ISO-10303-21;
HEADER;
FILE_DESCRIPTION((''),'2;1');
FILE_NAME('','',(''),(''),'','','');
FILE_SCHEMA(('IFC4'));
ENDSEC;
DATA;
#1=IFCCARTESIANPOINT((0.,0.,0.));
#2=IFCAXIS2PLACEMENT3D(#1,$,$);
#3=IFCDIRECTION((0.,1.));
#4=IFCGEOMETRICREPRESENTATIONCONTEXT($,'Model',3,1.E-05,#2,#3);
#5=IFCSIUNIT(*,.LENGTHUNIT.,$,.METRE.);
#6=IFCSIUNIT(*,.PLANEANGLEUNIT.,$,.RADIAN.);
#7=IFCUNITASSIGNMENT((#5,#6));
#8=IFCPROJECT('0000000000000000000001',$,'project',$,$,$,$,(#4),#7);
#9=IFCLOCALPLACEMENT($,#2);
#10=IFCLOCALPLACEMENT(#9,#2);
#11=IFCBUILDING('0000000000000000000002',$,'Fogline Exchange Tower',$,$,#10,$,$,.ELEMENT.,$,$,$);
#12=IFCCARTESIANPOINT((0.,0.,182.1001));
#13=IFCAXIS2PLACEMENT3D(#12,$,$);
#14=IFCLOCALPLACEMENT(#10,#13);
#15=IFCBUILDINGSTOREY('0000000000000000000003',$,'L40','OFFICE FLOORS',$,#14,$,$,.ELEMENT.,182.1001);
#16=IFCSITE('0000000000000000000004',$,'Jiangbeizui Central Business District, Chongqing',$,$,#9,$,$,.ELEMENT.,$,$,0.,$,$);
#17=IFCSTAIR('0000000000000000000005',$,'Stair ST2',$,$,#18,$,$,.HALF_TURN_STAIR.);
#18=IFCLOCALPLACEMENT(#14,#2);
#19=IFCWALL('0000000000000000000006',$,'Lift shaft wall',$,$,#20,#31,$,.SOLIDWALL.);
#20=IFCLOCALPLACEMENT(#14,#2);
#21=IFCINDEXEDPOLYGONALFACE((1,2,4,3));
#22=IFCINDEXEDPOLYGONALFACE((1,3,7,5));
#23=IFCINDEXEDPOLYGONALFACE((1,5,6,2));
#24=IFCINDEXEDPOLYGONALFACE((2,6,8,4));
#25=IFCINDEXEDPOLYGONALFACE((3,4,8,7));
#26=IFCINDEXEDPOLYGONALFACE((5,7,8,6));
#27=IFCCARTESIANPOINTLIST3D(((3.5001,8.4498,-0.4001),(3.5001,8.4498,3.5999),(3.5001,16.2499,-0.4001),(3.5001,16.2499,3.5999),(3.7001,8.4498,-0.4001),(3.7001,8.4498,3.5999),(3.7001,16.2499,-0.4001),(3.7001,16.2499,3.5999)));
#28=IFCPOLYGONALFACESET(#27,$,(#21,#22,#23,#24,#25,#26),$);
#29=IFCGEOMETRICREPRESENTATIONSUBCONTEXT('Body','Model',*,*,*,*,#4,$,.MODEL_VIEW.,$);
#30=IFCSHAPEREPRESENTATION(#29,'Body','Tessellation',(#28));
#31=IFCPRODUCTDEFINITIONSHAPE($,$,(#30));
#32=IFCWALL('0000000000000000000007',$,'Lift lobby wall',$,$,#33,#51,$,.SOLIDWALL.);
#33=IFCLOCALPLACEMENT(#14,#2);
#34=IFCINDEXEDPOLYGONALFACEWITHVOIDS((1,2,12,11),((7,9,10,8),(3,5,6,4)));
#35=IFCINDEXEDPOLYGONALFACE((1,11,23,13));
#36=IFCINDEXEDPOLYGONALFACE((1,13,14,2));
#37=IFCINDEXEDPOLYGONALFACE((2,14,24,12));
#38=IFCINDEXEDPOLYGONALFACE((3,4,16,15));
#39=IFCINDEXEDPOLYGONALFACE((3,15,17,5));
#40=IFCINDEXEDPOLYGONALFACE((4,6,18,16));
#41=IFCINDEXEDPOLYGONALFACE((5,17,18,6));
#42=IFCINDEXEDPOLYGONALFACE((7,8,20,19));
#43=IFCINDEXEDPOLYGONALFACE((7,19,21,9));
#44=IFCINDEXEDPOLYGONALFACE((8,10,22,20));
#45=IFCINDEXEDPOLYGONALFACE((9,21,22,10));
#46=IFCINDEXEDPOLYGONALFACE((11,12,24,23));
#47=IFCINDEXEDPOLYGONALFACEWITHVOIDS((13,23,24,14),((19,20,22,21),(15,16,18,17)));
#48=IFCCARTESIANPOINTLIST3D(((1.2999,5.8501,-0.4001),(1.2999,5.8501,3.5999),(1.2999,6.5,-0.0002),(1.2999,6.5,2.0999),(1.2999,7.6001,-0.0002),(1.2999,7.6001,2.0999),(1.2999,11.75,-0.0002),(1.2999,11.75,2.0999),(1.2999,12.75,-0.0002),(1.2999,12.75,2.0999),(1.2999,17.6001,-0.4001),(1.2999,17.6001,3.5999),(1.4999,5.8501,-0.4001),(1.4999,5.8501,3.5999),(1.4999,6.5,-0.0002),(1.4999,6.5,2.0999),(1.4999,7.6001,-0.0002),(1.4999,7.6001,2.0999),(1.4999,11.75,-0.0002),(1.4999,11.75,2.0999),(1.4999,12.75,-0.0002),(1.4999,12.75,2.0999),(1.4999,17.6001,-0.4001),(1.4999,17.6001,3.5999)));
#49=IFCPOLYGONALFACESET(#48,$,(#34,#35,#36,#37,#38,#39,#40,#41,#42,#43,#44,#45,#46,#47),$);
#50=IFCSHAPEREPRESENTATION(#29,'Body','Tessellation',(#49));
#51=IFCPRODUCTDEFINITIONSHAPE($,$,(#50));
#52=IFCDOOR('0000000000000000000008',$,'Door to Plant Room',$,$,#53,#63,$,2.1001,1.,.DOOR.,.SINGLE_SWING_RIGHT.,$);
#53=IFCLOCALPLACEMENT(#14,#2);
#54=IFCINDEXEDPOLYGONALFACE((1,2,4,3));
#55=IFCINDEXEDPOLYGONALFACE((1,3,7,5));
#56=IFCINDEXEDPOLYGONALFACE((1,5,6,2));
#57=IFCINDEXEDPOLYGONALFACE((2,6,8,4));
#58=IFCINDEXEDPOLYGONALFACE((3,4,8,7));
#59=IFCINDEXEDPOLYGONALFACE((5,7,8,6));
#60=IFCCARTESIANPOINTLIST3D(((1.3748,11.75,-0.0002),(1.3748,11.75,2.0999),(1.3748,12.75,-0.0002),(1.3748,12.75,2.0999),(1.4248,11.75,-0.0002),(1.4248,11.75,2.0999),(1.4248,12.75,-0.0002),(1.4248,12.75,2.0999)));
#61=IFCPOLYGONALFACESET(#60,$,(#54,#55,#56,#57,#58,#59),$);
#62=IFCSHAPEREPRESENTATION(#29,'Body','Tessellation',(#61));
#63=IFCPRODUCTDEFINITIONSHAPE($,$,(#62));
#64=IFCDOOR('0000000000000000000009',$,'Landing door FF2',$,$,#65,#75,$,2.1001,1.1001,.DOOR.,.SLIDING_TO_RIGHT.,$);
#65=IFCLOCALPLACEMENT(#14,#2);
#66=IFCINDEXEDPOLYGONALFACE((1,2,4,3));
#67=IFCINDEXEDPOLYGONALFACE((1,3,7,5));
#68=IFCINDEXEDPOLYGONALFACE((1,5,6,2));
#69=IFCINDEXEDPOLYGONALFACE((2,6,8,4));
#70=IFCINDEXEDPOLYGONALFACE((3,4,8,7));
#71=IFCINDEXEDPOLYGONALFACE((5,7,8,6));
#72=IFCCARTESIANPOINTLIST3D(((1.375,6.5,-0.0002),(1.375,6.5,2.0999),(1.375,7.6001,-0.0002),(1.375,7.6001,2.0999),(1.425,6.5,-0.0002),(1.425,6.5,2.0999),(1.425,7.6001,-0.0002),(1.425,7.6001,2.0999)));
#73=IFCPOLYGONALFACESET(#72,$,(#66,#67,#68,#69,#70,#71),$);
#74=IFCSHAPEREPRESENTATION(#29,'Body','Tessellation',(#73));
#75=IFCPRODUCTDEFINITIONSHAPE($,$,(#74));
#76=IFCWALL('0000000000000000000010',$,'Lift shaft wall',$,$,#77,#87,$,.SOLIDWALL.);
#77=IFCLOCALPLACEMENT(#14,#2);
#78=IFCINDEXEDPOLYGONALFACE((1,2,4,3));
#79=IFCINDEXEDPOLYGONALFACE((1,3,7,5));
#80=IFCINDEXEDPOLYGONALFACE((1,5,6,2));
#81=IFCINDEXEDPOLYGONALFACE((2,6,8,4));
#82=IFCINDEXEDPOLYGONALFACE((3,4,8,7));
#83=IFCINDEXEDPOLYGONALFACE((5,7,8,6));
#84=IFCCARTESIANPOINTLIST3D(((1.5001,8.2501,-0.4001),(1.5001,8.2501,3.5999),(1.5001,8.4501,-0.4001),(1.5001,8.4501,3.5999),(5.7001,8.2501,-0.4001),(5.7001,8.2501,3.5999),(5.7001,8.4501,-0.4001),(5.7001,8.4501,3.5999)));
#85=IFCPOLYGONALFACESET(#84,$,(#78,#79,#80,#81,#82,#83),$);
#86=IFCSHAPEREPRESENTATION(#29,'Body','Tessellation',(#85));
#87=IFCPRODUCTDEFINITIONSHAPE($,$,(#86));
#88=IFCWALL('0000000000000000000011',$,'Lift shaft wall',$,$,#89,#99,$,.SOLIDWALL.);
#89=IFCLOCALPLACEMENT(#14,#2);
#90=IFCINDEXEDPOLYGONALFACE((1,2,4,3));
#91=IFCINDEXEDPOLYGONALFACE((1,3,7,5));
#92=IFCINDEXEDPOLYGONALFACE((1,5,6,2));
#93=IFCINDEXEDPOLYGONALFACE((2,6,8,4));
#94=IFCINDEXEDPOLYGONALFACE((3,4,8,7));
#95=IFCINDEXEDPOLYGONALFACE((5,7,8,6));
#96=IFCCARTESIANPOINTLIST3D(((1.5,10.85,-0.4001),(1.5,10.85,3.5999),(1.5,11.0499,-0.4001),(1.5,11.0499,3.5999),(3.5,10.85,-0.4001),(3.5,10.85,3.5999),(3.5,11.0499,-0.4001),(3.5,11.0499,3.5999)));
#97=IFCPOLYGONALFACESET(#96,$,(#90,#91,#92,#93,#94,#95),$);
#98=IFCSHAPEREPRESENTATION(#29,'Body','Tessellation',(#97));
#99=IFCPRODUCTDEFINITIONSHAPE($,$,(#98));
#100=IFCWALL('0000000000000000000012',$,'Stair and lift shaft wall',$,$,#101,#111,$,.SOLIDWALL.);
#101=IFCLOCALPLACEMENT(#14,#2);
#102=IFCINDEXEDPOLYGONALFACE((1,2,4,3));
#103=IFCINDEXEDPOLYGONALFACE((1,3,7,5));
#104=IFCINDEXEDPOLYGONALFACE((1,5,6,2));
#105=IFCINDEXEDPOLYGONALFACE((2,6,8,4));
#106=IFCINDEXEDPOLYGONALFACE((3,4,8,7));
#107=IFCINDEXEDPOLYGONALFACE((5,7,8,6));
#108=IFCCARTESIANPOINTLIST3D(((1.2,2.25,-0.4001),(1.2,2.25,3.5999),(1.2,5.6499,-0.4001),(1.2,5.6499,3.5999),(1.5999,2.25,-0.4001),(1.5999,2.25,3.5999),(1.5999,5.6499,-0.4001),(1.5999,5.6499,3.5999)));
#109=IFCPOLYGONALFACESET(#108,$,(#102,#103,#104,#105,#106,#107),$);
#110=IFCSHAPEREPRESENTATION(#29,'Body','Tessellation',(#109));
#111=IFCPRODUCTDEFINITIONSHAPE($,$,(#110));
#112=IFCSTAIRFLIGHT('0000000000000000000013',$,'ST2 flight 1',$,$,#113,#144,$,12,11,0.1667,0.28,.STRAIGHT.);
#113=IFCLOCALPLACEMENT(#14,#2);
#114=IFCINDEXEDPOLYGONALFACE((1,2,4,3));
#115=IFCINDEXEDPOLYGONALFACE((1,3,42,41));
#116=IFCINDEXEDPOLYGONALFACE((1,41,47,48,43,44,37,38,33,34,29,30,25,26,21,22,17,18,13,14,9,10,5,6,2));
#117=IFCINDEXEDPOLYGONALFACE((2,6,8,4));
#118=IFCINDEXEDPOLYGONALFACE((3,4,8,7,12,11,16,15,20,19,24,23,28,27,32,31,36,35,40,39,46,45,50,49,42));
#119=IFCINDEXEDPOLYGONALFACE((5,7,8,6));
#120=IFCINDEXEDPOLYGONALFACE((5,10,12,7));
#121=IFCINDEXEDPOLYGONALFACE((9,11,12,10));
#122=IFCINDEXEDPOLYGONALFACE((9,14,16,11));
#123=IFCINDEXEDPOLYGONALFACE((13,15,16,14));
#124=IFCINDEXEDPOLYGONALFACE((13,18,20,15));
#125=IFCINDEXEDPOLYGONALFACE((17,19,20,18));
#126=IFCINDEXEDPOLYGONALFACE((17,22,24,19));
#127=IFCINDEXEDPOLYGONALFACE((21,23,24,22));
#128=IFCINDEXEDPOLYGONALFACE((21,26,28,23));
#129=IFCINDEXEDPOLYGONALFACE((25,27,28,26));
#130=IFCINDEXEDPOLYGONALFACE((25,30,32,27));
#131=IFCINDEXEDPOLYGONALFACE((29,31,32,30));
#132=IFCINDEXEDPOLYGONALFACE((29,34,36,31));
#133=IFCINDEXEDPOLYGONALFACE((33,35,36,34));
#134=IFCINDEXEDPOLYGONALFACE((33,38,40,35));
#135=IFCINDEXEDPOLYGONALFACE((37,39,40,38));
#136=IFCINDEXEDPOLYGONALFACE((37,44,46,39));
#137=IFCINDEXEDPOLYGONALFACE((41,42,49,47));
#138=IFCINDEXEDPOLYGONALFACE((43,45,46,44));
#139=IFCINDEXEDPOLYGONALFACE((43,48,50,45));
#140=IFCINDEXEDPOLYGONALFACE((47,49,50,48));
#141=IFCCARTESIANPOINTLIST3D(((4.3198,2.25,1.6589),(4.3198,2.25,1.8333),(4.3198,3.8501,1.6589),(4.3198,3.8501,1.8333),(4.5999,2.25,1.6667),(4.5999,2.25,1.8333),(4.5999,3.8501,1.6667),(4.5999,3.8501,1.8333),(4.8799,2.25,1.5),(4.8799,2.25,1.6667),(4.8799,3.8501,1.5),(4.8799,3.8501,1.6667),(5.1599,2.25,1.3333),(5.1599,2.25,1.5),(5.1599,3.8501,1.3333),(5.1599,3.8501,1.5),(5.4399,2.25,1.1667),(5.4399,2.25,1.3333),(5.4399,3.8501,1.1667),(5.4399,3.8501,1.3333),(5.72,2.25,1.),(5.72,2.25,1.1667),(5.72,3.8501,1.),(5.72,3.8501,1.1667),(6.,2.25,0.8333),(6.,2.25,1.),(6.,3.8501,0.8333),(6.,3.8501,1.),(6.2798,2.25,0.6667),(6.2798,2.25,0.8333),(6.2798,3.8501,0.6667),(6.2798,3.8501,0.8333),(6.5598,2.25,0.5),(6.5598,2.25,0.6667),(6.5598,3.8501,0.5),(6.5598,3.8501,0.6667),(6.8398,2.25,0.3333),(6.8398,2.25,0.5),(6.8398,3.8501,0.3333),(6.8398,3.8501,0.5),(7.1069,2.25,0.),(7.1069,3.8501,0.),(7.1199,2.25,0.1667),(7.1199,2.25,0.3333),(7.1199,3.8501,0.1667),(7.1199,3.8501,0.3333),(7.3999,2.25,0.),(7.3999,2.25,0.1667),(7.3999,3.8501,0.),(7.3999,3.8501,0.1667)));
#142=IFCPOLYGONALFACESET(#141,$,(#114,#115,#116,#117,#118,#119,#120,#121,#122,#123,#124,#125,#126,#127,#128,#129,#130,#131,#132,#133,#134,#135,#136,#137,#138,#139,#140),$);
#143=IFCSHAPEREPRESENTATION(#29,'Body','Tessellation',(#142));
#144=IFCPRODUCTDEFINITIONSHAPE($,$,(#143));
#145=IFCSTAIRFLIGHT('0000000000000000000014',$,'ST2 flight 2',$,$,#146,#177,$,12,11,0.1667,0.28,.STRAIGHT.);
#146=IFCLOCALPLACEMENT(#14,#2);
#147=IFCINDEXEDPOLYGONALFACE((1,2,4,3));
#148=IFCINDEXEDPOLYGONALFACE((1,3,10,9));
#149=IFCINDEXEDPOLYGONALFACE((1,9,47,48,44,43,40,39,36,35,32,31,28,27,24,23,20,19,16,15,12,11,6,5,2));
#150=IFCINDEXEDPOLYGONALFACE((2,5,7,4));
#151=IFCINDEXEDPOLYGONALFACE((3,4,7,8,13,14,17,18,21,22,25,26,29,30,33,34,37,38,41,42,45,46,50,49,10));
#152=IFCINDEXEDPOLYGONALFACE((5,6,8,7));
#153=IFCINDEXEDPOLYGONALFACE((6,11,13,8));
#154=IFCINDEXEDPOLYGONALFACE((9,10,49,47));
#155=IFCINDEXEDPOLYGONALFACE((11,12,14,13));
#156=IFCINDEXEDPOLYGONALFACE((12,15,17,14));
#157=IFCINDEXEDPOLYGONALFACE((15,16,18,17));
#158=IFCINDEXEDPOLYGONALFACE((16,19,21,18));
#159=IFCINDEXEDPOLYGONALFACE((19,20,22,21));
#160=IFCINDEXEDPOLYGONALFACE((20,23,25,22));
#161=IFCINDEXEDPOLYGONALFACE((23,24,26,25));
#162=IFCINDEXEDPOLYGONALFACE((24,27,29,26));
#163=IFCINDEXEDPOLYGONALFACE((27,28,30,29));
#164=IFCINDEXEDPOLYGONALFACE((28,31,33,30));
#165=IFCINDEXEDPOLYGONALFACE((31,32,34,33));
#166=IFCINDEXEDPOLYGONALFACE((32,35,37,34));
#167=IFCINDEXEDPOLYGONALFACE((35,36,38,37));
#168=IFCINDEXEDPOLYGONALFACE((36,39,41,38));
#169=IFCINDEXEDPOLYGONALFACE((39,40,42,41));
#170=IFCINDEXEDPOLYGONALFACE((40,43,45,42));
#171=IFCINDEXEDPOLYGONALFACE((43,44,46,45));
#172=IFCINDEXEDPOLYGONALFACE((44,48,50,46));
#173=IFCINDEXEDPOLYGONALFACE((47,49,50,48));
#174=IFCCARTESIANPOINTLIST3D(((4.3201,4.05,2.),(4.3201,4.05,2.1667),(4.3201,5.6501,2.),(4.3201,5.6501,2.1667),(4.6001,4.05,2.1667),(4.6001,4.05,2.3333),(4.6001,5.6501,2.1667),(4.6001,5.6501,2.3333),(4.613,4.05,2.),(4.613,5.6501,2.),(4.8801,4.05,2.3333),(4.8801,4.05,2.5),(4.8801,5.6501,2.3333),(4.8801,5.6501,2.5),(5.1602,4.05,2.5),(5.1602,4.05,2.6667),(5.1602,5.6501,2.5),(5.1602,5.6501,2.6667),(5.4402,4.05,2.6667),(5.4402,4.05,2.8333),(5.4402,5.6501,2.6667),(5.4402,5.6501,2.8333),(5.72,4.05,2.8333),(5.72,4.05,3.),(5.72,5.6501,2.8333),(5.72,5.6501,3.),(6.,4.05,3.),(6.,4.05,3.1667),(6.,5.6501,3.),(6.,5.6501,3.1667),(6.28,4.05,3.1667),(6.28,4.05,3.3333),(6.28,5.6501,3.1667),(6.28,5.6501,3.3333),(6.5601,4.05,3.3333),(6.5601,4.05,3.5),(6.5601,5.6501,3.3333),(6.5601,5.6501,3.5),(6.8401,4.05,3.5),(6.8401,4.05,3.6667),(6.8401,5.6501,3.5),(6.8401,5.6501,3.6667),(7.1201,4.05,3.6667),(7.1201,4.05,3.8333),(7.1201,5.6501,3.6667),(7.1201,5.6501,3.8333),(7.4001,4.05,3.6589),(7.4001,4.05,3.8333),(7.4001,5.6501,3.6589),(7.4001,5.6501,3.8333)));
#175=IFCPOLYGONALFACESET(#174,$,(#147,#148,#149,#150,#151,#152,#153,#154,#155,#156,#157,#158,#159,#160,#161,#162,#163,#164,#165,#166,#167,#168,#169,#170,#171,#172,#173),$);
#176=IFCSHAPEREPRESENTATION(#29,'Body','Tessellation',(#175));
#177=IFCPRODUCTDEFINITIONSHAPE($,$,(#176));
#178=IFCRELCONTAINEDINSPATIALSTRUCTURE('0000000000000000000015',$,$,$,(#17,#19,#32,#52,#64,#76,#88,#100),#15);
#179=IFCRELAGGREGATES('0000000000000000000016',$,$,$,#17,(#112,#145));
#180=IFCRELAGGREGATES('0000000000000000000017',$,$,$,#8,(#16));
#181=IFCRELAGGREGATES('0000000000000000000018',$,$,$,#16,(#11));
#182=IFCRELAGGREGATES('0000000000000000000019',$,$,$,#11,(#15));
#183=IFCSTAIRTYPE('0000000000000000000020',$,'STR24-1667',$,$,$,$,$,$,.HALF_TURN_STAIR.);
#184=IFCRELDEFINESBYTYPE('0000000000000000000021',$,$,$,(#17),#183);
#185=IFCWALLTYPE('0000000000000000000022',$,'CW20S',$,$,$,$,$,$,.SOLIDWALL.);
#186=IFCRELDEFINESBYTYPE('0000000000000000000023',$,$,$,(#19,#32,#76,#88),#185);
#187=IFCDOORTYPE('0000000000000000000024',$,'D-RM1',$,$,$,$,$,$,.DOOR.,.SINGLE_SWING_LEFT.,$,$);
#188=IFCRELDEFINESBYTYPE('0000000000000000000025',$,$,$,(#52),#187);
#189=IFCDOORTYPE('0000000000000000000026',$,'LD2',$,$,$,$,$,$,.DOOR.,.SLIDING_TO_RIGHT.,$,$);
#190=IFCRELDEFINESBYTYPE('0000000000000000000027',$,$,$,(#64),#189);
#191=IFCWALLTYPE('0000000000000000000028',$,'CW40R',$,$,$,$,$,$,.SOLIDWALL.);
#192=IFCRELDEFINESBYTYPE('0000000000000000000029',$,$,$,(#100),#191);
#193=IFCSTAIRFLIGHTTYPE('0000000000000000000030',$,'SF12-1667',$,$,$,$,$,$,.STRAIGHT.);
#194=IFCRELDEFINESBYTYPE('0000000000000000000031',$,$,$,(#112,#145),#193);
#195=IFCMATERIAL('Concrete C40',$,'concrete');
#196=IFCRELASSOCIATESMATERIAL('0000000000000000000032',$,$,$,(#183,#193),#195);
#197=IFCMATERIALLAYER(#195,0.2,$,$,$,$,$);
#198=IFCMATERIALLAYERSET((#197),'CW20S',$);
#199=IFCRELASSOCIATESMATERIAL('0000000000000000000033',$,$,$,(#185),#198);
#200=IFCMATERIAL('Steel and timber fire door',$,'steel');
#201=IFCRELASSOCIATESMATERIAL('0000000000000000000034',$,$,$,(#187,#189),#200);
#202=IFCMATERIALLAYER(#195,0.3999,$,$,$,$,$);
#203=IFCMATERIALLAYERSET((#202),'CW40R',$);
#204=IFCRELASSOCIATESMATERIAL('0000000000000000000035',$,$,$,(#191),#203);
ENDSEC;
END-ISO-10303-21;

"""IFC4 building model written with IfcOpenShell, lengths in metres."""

from ifc_helpers import new_model, si_unit, direction, frame, frame_2d, origin, place, context, subcontext, project, spatial, polyline, rectangle, outline, extrude, material, layer, layer_set, type_object, element, fill, aggregate, save


model = new_model("IFC4")

# Units and contexts
model_context = context("Model", 3, precision=1e-05, world=origin(), true_north=direction((0.0, 1.0)))
body_context = subcontext(model_context, "Body", "Model", "MODEL_VIEW")
ifc_project = project(units=[si_unit("LENGTHUNIT", "METRE"), si_unit("PLANEANGLEUNIT", "RADIAN")], contexts=[model_context])

# Site, building, storey
site_placement = place(None, origin())
site = spatial("IfcSite", under=ifc_project, at=site_placement, Name="Jiangbeizui Central Business District, Chongqing", CompositionType="ELEMENT", RefElevation=0.0)
building_placement = place(site_placement, origin())
building = spatial("IfcBuilding", under=site, at=building_placement, Name="Fogline Exchange Tower", CompositionType="ELEMENT")
storey_placement = place(building_placement, frame((0.0, 0.0, 182.1001)))
storey = spatial("IfcBuildingStorey", under=building, at=storey_placement, Name="L40", Description="OFFICE FLOORS", CompositionType="ELEMENT", Elevation=182.1001)

# Shared definitions
ifc_material_1 = material(Name="Concrete C40", Category="concrete")

# Stair
stair_type = type_object("IfcStairType", Name="STR24-1667", PredefinedType="HALF_TURN_STAIR", material=ifc_material_1)
stair_1_placement = place(storey_placement, origin())
stair_1 = element("IfcStair", 1, at=stair_1_placement, inside=storey, type_object=stair_type, Name="Stair ST2", PredefinedType="HALF_TURN_STAIR")

# Shared definitions
ifc_material_2 = material(Name="Steel and timber fire door", Category="steel")

# Shared definitions
ifc_layer_1 = layer(ifc_material_1, 0.2)
ifc_layer_set_1 = layer_set([ifc_layer_1], Name="CW20S")
wall_type_1 = type_object("IfcWallType", Name="CW20S", PredefinedType="SOLIDWALL", material=ifc_layer_set_1)

# Wall
wall_1_placement = place(storey_placement, frame((3.6001, 8.45, -0.4001), z_axis=(0.0, 0.0, 1.0), x_axis=(0.0, 1.0, 0.0)))
element("IfcWall", 2, at=wall_1_placement, inside=storey, type_object=wall_type_1, Name="Lift shaft wall", PredefinedType="SOLIDWALL", context=body_context, shape_type="SweptSolid", body=[
    extrude(rectangle(XDim=7.8, YDim=0.2, at=frame_2d((3.8999, 0.0))), origin(), (0.0, 0.0, 1.0), 4.0),
])

# Wall, openings, doors
wall_2_placement = place(storey_placement, frame((1.3999, 5.8501, -0.4001), z_axis=(0.0, 0.0, 1.0), x_axis=(0.0, 1.0, 0.0)))
wall_2 = element("IfcWall", 3, at=wall_2_placement, inside=storey, type_object=wall_type_1, Name="Lift lobby wall", PredefinedType="SOLIDWALL", context=body_context, shape_type="SweptSolid", body=[
    extrude(rectangle(XDim=11.75, YDim=0.2, at=frame_2d((5.875, 0.0))), origin(), (0.0, 0.0, 1.0), 4.0),
])
opening_1_placement = place(wall_2_placement, frame((0.6499, 0.0, 0.3999)))
opening_1 = element("IfcOpeningElement", 4, at=opening_1_placement, cuts=wall_2, PredefinedType="OPENING", context=body_context, shape_type="SweptSolid", body=[
    extrude(rectangle(XDim=1.1001, YDim=2.1001, at=frame_2d((0.55, 1.05))), frame((0.0, 0.1099, 0.0), z_axis=(0.0, -1.0, 0.0), x_axis=(1.0, 0.0, 0.0)), (0.0, 0.0, 1.0), 0.22),
])
opening_2_placement = place(wall_2_placement, frame((5.8999, 0.0, 0.3999)))
opening_2 = element("IfcOpeningElement", 5, at=opening_2_placement, cuts=wall_2, PredefinedType="OPENING", context=body_context, shape_type="SweptSolid", body=[
    extrude(rectangle(XDim=1.0, YDim=2.1001, at=frame_2d((0.5, 1.05))), frame((0.0, 0.1099, 0.0), z_axis=(0.0, -1.0, 0.0), x_axis=(1.0, 0.0, 0.0)), (0.0, 0.0, 1.0), 0.22),
])
door_type_1 = type_object("IfcDoorType", Name="D-RM1", OperationType="SINGLE_SWING_LEFT", PredefinedType="DOOR", material=ifc_material_2)
door_1_placement = place(opening_2_placement, frame((1.0, 0.0, 0.0), z_axis=(0.0, 0.0, 1.0), x_axis=(-1.0, 0.0, 0.0)))
door_1 = element("IfcDoor", 6, at=door_1_placement, inside=storey, type_object=door_type_1, Name="Door to Plant Room", OperationType="SINGLE_SWING_RIGHT", OverallHeight=2.1001, OverallWidth=1.0, PredefinedType="DOOR", context=body_context, shape_type="SweptSolid", body=[
    extrude(rectangle(XDim=1.0, YDim=2.1001, at=frame_2d((0.5, 1.05))), frame((0.0, 0.0249, 0.0), z_axis=(0.0, -1.0, 0.0), x_axis=(1.0, 0.0, 0.0)), (0.0, 0.0, 1.0), 0.05),
])
fill(opening_2, door_1)
door_type_2 = type_object("IfcDoorType", Name="LD2", OperationType="SLIDING_TO_RIGHT", PredefinedType="DOOR", material=ifc_material_2)
door_2_placement = place(opening_1_placement, origin())
door_2 = element("IfcDoor", 7, at=door_2_placement, inside=storey, type_object=door_type_2, Name="Landing door FF2", OperationType="SLIDING_TO_RIGHT", OverallHeight=2.1001, OverallWidth=1.1001, PredefinedType="DOOR", context=body_context, shape_type="SweptSolid", body=[
    extrude(rectangle(XDim=1.1001, YDim=2.1001, at=frame_2d((0.55, 1.05))), frame((0.0, 0.0249, 0.0), z_axis=(0.0, -1.0, 0.0), x_axis=(1.0, 0.0, 0.0)), (0.0, 0.0, 1.0), 0.05),
])
fill(opening_1, door_2)

# Walls
wall_3_placement = place(storey_placement, frame((1.5, 8.3501, -0.4001), z_axis=(0.0, 0.0, 1.0), x_axis=(1.0, 0.0, 0.0)))
element("IfcWall", 8, at=wall_3_placement, inside=storey, type_object=wall_type_1, Name="Lift shaft wall", PredefinedType="SOLIDWALL", context=body_context, shape_type="SweptSolid", body=[
    extrude(rectangle(XDim=4.2, YDim=0.2, at=frame_2d((2.1001, 0.0))), origin(), (0.0, 0.0, 1.0), 4.0),
])
wall_4_placement = place(storey_placement, frame((1.5, 10.95, -0.4001), z_axis=(0.0, 0.0, 1.0), x_axis=(1.0, 0.0, 0.0)))
element("IfcWall", 9, at=wall_4_placement, inside=storey, type_object=wall_type_1, Name="Lift shaft wall", PredefinedType="SOLIDWALL", context=body_context, shape_type="SweptSolid", body=[
    extrude(rectangle(XDim=2.0, YDim=0.2, at=frame_2d((1.0, 0.0))), origin(), (0.0, 0.0, 1.0), 4.0),
])
ifc_layer_2 = layer(ifc_material_1, 0.3999)
ifc_layer_set_2 = layer_set([ifc_layer_2], Name="CW40R")
wall_type_2 = type_object("IfcWallType", Name="CW40R", PredefinedType="SOLIDWALL", material=ifc_layer_set_2)
wall_5_placement = place(storey_placement, frame((1.3999, 2.25, -0.4001), z_axis=(0.0, 0.0, 1.0), x_axis=(0.0, 1.0, 0.0)))
element("IfcWall", 10, at=wall_5_placement, inside=storey, type_object=wall_type_2, Name="Stair and lift shaft wall", PredefinedType="SOLIDWALL", context=body_context, shape_type="SweptSolid", body=[
    extrude(rectangle(XDim=3.3999, YDim=0.3999, at=frame_2d((1.7, 0.0))), origin(), (0.0, 0.0, 1.0), 4.0),
])

# Stair flights
stair_flight_type = type_object("IfcStairFlightType", Name="SF12-1667", PredefinedType="STRAIGHT", material=ifc_material_1)
stair_flight_1_placement = place(storey_placement, frame((7.3999, 3.05, 0.0), z_axis=(0.0, 0.0, 1.0), x_axis=(-1.0, 0.0, 0.0)))
stair_flight_1 = element("IfcStairFlight", 11, at=stair_flight_1_placement, type_object=stair_flight_type, Name="ST2 flight 1", NumberOfRisers=12, NumberOfTreads=11, PredefinedType="STRAIGHT", RiserHeight=0.1667, TreadLength=0.28, context=body_context, shape_type="SweptSolid", body=[
    extrude(outline(polyline([(0.0, 0.0), (0.0, 0.1667), (0.28, 0.1667), (0.28, 0.3333), (0.5601, 0.3333), (0.5601, 0.5), (0.8401, 0.5), (0.8401, 0.6667), (1.1201, 0.6667), (1.1201, 0.8333), (1.3999, 0.8333), (1.3999, 1.0), (1.6799, 1.0), (1.6799, 1.1667), (1.96, 1.1667), (1.96, 1.3333), (2.24, 1.3333), (2.24, 1.5), (2.52, 1.5), (2.52, 1.6667), (2.8, 1.6667), (2.8, 1.8333), (3.0801, 1.8333), (3.0801, 2.0), (3.0801, 1.6589), (0.293, 0.0), (0.0, 0.0)])), frame((0.0, 0.8, 0.0), z_axis=(0.0, -1.0, 0.0), x_axis=(1.0, 0.0, 0.0)), (0.0, 0.0, 1.0), 1.6001),
])
stair_flight_2_placement = place(storey_placement, frame((4.3201, 4.8501, 2.0), z_axis=(0.0, 0.0, 1.0), x_axis=(1.0, 0.0, 0.0)))
stair_flight_2 = element("IfcStairFlight", 12, at=stair_flight_2_placement, type_object=stair_flight_type, Name="ST2 flight 2", NumberOfRisers=12, NumberOfTreads=11, PredefinedType="STRAIGHT", RiserHeight=0.1667, TreadLength=0.28, context=body_context, shape_type="SweptSolid", body=[
    extrude(outline(polyline([(0.0, 0.0), (0.0, 0.1667), (0.28, 0.1667), (0.28, 0.3333), (0.5601, 0.3333), (0.5601, 0.5), (0.8401, 0.5), (0.8401, 0.6667), (1.1201, 0.6667), (1.1201, 0.8333), (1.3999, 0.8333), (1.3999, 1.0), (1.6799, 1.0), (1.6799, 1.1667), (1.96, 1.1667), (1.96, 1.3333), (2.24, 1.3333), (2.24, 1.5), (2.52, 1.5), (2.52, 1.6667), (2.8, 1.6667), (2.8, 1.8333), (3.0801, 1.8333), (3.0801, 2.0), (3.0801, 1.6589), (0.293, 0.0), (0.0, 0.0)])), frame((0.0, 0.8, 0.0), z_axis=(0.0, -1.0, 0.0), x_axis=(1.0, 0.0, 0.0)), (0.0, 0.0, 1.0), 1.6001),
])
aggregate(stair_1, [stair_flight_1, stair_flight_2])

save(model, "model.ifc")
